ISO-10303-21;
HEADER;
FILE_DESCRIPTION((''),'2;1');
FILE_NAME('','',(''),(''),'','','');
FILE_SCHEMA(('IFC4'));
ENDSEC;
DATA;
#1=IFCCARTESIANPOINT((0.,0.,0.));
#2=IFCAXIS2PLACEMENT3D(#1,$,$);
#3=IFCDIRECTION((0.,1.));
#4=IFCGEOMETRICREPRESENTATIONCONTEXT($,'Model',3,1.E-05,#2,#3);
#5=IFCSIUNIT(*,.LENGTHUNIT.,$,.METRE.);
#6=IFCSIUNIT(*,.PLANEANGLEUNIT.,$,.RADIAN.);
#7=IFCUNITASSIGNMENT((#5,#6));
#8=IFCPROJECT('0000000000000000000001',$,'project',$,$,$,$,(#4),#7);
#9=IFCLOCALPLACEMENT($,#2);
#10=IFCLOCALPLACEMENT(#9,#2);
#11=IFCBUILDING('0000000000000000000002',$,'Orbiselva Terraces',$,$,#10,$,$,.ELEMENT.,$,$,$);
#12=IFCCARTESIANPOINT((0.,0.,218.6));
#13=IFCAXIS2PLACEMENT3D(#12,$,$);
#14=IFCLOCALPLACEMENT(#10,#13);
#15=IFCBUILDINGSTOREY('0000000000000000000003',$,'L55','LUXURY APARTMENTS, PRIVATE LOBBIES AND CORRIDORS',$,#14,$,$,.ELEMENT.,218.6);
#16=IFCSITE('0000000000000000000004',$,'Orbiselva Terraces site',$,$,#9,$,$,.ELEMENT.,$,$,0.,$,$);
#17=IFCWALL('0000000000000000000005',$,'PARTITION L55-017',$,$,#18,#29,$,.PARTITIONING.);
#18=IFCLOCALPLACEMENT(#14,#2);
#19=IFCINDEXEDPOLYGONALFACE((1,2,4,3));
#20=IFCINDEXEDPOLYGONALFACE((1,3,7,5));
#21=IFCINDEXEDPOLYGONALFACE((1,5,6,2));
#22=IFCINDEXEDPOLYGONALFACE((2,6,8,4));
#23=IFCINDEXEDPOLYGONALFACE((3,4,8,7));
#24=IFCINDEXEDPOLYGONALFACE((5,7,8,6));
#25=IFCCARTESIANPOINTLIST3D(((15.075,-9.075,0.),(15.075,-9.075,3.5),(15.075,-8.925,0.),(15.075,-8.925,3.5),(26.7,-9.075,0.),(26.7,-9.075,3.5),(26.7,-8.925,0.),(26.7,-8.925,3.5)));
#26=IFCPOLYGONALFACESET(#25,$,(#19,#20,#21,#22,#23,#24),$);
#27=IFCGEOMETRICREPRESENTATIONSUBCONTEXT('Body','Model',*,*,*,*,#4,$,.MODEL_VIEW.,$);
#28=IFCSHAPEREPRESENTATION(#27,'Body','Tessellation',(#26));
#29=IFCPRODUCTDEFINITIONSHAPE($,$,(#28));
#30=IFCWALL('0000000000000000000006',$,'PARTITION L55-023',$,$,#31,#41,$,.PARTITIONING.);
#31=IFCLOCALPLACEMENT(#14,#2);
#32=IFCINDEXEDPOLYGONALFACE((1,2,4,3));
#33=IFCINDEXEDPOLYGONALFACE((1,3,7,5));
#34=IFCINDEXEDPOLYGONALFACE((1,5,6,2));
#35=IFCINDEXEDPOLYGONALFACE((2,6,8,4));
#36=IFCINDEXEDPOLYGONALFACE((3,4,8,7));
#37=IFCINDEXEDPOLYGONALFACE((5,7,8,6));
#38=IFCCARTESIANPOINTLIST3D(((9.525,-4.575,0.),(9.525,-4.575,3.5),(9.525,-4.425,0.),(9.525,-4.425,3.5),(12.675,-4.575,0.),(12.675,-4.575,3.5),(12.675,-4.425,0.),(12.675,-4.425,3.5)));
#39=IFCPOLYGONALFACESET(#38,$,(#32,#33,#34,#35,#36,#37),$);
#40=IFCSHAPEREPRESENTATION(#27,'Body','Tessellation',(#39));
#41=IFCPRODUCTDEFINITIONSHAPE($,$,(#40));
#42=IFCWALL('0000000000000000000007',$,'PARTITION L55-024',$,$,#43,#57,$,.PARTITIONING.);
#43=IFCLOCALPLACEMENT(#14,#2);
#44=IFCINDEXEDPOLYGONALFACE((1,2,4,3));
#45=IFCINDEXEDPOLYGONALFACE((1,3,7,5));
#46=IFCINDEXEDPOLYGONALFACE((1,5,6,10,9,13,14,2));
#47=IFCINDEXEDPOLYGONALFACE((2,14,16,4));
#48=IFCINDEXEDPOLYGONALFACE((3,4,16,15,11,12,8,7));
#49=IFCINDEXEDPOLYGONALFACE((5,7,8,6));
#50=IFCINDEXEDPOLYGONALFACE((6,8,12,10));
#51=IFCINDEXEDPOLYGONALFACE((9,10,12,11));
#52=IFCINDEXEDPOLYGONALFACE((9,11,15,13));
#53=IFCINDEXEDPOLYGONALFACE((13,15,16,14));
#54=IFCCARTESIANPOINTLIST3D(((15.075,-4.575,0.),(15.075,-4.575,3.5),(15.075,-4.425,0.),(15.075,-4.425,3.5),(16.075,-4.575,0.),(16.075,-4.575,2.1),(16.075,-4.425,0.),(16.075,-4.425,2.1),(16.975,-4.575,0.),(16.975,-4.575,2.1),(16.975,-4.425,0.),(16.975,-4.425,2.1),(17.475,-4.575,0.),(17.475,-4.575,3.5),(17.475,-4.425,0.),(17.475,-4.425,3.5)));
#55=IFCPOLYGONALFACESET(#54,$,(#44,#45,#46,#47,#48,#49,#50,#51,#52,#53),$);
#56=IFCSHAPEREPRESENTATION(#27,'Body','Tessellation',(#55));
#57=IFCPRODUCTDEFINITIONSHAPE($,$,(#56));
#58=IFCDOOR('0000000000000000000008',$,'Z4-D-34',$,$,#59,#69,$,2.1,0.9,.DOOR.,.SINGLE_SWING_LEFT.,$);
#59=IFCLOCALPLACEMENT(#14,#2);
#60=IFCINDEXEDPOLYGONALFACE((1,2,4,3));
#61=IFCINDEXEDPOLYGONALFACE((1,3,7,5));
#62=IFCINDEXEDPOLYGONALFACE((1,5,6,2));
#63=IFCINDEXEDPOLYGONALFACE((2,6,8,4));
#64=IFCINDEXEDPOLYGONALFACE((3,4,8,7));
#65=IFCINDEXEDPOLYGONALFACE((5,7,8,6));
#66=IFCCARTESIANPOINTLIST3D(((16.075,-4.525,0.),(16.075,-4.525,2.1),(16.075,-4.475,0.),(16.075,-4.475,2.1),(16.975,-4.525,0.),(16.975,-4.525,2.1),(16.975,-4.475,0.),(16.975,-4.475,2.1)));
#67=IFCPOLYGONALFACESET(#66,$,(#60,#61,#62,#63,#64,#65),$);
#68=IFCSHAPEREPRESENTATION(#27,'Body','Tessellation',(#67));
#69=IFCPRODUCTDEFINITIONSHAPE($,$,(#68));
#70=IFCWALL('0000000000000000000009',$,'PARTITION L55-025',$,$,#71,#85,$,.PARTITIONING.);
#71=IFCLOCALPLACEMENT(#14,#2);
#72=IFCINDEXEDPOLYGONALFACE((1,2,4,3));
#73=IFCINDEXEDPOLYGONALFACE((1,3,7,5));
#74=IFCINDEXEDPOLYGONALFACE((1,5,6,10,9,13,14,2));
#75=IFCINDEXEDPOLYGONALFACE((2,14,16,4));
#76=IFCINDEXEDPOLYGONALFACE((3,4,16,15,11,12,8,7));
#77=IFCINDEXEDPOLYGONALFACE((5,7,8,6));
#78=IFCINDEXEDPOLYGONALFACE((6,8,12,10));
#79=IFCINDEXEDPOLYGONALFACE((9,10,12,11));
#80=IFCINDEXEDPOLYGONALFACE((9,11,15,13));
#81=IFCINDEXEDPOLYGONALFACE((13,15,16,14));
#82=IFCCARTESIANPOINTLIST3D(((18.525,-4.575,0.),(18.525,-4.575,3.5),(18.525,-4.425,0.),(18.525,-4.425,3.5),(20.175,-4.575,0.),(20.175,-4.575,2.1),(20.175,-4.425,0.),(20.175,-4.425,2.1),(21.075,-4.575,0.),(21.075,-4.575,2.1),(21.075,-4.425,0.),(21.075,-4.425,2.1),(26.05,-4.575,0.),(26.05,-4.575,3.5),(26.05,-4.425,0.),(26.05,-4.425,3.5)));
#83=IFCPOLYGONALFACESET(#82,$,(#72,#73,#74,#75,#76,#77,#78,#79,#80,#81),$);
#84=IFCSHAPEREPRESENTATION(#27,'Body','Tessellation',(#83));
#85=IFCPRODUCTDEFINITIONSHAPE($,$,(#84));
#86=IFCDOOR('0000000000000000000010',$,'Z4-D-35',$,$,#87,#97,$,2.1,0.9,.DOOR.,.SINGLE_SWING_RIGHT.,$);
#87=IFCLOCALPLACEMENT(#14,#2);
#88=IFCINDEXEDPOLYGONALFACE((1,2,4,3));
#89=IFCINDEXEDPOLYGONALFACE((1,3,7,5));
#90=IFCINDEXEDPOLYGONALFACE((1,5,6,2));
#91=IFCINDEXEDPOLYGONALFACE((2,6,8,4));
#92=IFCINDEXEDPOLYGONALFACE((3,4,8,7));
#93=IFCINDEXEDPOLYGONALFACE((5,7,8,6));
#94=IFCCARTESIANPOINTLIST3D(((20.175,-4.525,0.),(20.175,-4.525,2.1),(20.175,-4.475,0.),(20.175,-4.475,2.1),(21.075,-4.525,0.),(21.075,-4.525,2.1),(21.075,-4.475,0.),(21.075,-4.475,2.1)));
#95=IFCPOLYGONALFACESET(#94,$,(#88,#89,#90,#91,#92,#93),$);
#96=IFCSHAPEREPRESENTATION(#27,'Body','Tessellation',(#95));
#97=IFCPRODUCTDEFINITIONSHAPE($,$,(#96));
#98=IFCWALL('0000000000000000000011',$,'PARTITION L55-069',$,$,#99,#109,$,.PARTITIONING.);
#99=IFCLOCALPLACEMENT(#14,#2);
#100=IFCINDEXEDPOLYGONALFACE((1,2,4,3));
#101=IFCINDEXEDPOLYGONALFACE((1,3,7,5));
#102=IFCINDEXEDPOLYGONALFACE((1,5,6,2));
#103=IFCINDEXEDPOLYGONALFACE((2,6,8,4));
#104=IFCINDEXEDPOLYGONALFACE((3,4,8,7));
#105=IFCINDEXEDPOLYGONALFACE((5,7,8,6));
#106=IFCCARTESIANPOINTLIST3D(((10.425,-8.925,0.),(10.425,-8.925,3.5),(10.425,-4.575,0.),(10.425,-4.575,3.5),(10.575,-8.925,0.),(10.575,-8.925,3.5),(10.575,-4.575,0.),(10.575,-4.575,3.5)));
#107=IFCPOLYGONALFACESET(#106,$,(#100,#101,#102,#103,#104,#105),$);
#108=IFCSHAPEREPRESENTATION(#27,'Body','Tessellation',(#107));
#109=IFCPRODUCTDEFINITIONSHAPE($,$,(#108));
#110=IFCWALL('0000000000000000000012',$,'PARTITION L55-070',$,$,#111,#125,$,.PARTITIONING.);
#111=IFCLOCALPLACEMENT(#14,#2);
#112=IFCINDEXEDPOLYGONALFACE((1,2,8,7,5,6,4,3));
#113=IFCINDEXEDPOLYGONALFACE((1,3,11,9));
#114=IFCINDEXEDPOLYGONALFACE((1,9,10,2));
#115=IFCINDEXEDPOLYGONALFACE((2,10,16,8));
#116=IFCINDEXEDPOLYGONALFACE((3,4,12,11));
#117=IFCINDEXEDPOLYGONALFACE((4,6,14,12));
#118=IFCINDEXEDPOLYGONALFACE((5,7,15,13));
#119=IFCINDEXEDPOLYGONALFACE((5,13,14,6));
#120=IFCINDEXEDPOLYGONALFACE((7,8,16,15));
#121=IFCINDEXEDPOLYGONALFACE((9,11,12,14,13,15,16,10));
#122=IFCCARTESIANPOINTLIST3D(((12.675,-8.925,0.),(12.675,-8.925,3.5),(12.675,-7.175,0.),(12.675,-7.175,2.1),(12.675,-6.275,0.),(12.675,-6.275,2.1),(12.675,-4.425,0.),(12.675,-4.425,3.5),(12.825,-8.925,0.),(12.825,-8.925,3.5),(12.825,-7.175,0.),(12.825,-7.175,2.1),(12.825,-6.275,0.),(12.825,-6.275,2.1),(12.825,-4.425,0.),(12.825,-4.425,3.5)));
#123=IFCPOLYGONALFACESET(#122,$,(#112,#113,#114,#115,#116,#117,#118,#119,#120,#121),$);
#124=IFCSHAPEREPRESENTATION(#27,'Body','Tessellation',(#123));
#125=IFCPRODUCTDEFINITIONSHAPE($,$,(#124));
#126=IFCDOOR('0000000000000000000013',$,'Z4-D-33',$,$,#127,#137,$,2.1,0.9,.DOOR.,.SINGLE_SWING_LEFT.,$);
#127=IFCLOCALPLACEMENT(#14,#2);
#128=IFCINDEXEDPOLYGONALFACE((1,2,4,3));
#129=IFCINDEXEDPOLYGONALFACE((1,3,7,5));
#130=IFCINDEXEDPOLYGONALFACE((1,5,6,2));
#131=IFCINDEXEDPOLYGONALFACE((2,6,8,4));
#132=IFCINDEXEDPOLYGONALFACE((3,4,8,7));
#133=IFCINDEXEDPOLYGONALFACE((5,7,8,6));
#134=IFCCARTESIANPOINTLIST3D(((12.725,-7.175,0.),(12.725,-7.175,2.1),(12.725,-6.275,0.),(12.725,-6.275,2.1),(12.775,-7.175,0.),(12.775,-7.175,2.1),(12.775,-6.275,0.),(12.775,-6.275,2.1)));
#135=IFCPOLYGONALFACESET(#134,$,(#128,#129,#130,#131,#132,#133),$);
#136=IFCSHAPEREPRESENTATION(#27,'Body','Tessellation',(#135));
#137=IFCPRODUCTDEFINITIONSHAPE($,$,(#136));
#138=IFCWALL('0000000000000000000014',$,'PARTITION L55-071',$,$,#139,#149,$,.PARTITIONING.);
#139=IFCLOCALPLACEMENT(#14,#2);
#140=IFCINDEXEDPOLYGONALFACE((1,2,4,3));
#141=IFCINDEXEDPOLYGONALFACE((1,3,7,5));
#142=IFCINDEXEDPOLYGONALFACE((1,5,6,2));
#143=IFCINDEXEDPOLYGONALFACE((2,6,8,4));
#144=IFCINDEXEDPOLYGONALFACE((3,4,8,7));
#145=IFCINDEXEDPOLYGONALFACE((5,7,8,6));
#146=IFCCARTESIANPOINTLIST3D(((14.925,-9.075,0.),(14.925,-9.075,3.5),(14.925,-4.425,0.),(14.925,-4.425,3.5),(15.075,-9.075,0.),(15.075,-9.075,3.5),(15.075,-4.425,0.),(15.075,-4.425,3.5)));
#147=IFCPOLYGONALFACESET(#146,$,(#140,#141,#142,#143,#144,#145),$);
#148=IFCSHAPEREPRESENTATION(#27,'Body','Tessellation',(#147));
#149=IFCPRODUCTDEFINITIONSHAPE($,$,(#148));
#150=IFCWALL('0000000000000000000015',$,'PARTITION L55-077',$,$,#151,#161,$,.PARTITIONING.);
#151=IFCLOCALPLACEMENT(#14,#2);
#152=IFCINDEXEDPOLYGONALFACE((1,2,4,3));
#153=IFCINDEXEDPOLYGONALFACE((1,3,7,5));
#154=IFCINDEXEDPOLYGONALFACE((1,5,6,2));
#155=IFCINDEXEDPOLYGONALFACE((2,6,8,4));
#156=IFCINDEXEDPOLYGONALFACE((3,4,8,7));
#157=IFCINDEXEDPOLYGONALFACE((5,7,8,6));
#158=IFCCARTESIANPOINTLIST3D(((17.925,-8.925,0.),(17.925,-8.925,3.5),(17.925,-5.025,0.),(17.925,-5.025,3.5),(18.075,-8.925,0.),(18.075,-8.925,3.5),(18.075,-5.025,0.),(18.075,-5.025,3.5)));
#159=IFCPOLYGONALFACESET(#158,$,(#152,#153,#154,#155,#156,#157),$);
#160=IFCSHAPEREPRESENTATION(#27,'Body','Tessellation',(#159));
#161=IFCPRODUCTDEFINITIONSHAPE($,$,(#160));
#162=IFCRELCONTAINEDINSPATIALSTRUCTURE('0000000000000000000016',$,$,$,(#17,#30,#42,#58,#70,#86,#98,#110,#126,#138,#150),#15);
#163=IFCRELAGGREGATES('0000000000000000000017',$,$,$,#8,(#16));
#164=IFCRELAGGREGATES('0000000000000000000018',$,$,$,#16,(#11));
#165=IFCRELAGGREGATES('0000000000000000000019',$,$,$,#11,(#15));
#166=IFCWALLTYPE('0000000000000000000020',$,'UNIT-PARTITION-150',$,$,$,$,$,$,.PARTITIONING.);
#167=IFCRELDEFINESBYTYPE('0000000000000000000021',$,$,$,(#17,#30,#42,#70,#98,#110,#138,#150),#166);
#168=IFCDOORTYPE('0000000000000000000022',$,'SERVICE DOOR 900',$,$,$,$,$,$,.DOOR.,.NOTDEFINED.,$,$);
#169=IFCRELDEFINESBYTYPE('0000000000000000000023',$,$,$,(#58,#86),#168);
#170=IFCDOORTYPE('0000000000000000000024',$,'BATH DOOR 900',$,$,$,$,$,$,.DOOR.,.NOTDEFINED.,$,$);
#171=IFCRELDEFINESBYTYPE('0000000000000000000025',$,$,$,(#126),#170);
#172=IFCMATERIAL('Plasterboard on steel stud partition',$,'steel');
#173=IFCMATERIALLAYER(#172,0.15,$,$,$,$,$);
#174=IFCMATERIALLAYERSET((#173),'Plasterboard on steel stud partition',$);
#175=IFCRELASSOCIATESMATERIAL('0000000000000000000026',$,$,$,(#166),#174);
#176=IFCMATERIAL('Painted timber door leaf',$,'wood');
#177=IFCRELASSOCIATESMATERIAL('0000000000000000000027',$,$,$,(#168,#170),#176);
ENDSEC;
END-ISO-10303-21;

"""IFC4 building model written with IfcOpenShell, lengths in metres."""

from ifc_helpers import new_model, si_unit, direction, frame, frame_2d, origin, place, context, subcontext, project, spatial, rectangle, extrude, material, layer, layer_set, type_object, element, fill, save


model = new_model("IFC4")

# Units and contexts
model_context = context("Model", 3, precision=1e-05, world=origin(), true_north=direction((0.0, 1.0)))
body_context = subcontext(model_context, "Body", "Model", "MODEL_VIEW")
ifc_project = project(units=[si_unit("LENGTHUNIT", "METRE"), si_unit("PLANEANGLEUNIT", "RADIAN")], contexts=[model_context])

# Site, building, storey
site_placement = place(None, origin())
site = spatial("IfcSite", under=ifc_project, at=site_placement, Name="Orbiselva Terraces site", CompositionType="ELEMENT", RefElevation=0.0)
building_placement = place(site_placement, origin())
building = spatial("IfcBuilding", under=site, at=building_placement, Name="Orbiselva Terraces", CompositionType="ELEMENT")
storey_placement = place(building_placement, frame((0.0, 0.0, 218.6)))
storey = spatial("IfcBuildingStorey", under=building, at=storey_placement, Name="L55", Description="LUXURY APARTMENTS, PRIVATE LOBBIES AND CORRIDORS", CompositionType="ELEMENT", Elevation=218.6)

# Shared definitions
ifc_material_1 = material(Name="Plasterboard on steel stud partition", Category="steel")
ifc_material_2 = material(Name="Painted timber door leaf", Category="wood")

# Shared definitions
ifc_layer_1 = layer(ifc_material_1, 0.15)
ifc_layer_set_1 = layer_set([ifc_layer_1], Name="Plasterboard on steel stud partition")
wall_type_1 = type_object("IfcWallType", Name="UNIT-PARTITION-150", PredefinedType="PARTITIONING", material=ifc_layer_set_1)

# Walls
wall_1_placement = place(storey_placement, frame((15.075, -9.0, 0.0), z_axis=(0.0, 0.0, 1.0), x_axis=(1.0, 0.0, 0.0)))
element("IfcWall", 1, at=wall_1_placement, inside=storey, type_object=wall_type_1, Name="PARTITION L55-017", PredefinedType="PARTITIONING", context=body_context, shape_type="SweptSolid", body=[
    extrude(rectangle(XDim=11.625, YDim=0.15, at=frame_2d((5.8125, 0.0))), origin(), (0.0, 0.0, 1.0), 3.5),
])
wall_2_placement = place(storey_placement, frame((9.525, -4.5, 0.0), z_axis=(0.0, 0.0, 1.0), x_axis=(1.0, 0.0, 0.0)))
element("IfcWall", 2, at=wall_2_placement, inside=storey, type_object=wall_type_1, Name="PARTITION L55-023", PredefinedType="PARTITIONING", context=body_context, shape_type="SweptSolid", body=[
    extrude(rectangle(XDim=3.15, YDim=0.15, at=frame_2d((1.575, 0.0))), origin(), (0.0, 0.0, 1.0), 3.5),
])

# Walls, openings, doors
wall_3_placement = place(storey_placement, frame((17.475, -4.5, 0.0), z_axis=(0.0, 0.0, 1.0), x_axis=(-1.0, 0.0, 0.0)))
wall_3 = element("IfcWall", 3, at=wall_3_placement, inside=storey, type_object=wall_type_1, Name="PARTITION L55-024", PredefinedType="PARTITIONING", context=body_context, shape_type="SweptSolid", body=[
    extrude(rectangle(XDim=2.4, YDim=0.15, at=frame_2d((1.2, 0.0))), origin(), (0.0, 0.0, 1.0), 3.5),
])
opening_1_placement = place(wall_3_placement, frame((0.5, 0.0, 0.0)))
opening_1 = element("IfcOpeningElement", 4, at=opening_1_placement, cuts=wall_3, PredefinedType="OPENING", context=body_context, shape_type="SweptSolid", body=[
    extrude(rectangle(XDim=0.9, YDim=2.1, at=frame_2d((0.45, 1.05))), frame((0.0, 0.085, 0.0), z_axis=(0.0, -1.0, 0.0), x_axis=(1.0, 0.0, 0.0)), (0.0, 0.0, 1.0), 0.17),
])
door_type_1 = type_object("IfcDoorType", Name="SERVICE DOOR 900", OperationType="NOTDEFINED", PredefinedType="DOOR", material=ifc_material_2)
door_1_placement = place(opening_1_placement, origin())
door_1 = element("IfcDoor", 5, at=door_1_placement, inside=storey, type_object=door_type_1, Name="Z4-D-34", OperationType="SINGLE_SWING_LEFT", OverallHeight=2.1, OverallWidth=0.9, PredefinedType="DOOR", context=body_context, shape_type="SweptSolid", body=[
    extrude(rectangle(XDim=0.9, YDim=2.1, at=frame_2d((0.45, 1.05))), frame((0.0, 0.025, 0.0), z_axis=(0.0, -1.0, 0.0), x_axis=(1.0, 0.0, 0.0)), (0.0, 0.0, 1.0), 0.05),
])
fill(opening_1, door_1)
wall_4_placement = place(storey_placement, frame((26.05, -4.5, 0.0), z_axis=(0.0, 0.0, 1.0), x_axis=(-1.0, 0.0, 0.0)))
wall_4 = element("IfcWall", 6, at=wall_4_placement, inside=storey, type_object=wall_type_1, Name="PARTITION L55-025", PredefinedType="PARTITIONING", context=body_context, shape_type="SweptSolid", body=[
    extrude(rectangle(XDim=7.525, YDim=0.15, at=frame_2d((3.7625, 0.0))), origin(), (0.0, 0.0, 1.0), 3.5),
])
opening_2_placement = place(wall_4_placement, frame((4.975, 0.0, 0.0)))
opening_2 = element("IfcOpeningElement", 7, at=opening_2_placement, cuts=wall_4, PredefinedType="OPENING", context=body_context, shape_type="SweptSolid", body=[
    extrude(rectangle(XDim=0.9, YDim=2.1, at=frame_2d((0.45, 1.05))), frame((0.0, 0.085, 0.0), z_axis=(0.0, -1.0, 0.0), x_axis=(1.0, 0.0, 0.0)), (0.0, 0.0, 1.0), 0.17),
])
door_2_placement = place(opening_2_placement, origin())
door_2 = element("IfcDoor", 8, at=door_2_placement, inside=storey, type_object=door_type_1, Name="Z4-D-35", OperationType="SINGLE_SWING_RIGHT", OverallHeight=2.1, OverallWidth=0.9, PredefinedType="DOOR", context=body_context, shape_type="SweptSolid", body=[
    extrude(rectangle(XDim=0.9, YDim=2.1, at=frame_2d((0.45, 1.05))), frame((0.0, 0.025, 0.0), z_axis=(0.0, -1.0, 0.0), x_axis=(1.0, 0.0, 0.0)), (0.0, 0.0, 1.0), 0.05),
])
fill(opening_2, door_2)

# Wall
wall_5_placement = place(storey_placement, frame((10.5, -8.925, 0.0), z_axis=(0.0, 0.0, 1.0), x_axis=(0.0, 1.0, 0.0)))
element("IfcWall", 9, at=wall_5_placement, inside=storey, type_object=wall_type_1, Name="PARTITION L55-069", PredefinedType="PARTITIONING", context=body_context, shape_type="SweptSolid", body=[
    extrude(rectangle(XDim=4.35, YDim=0.15, at=frame_2d((2.175, 0.0))), origin(), (0.0, 0.0, 1.0), 3.5),
])

# Wall, opening, door
wall_6_placement = place(storey_placement, frame((12.75, -8.925, 0.0), z_axis=(0.0, 0.0, 1.0), x_axis=(0.0, 1.0, 0.0)))
wall_6 = element("IfcWall", 10, at=wall_6_placement, inside=storey, type_object=wall_type_1, Name="PARTITION L55-070", PredefinedType="PARTITIONING", context=body_context, shape_type="SweptSolid", body=[
    extrude(rectangle(XDim=4.5, YDim=0.15, at=frame_2d((2.25, 0.0))), origin(), (0.0, 0.0, 1.0), 3.5),
])
opening_3_placement = place(wall_6_placement, frame((1.75, 0.0, 0.0)))
opening_3 = element("IfcOpeningElement", 11, at=opening_3_placement, cuts=wall_6, PredefinedType="OPENING", context=body_context, shape_type="SweptSolid", body=[
    extrude(rectangle(XDim=0.9, YDim=2.1, at=frame_2d((0.45, 1.05))), frame((0.0, 0.085, 0.0), z_axis=(0.0, -1.0, 0.0), x_axis=(1.0, 0.0, 0.0)), (0.0, 0.0, 1.0), 0.17),
])
door_type_2 = type_object("IfcDoorType", Name="BATH DOOR 900", OperationType="NOTDEFINED", PredefinedType="DOOR", material=ifc_material_2)
door_3_placement = place(opening_3_placement, origin())
door_3 = element("IfcDoor", 12, at=door_3_placement, inside=storey, type_object=door_type_2, Name="Z4-D-33", OperationType="SINGLE_SWING_LEFT", OverallHeight=2.1, OverallWidth=0.9, PredefinedType="DOOR", context=body_context, shape_type="SweptSolid", body=[
    extrude(rectangle(XDim=0.9, YDim=2.1, at=frame_2d((0.45, 1.05))), frame((0.0, 0.025, 0.0), z_axis=(0.0, -1.0, 0.0), x_axis=(1.0, 0.0, 0.0)), (0.0, 0.0, 1.0), 0.05),
])
fill(opening_3, door_3)

# Walls
wall_7_placement = place(storey_placement, frame((15.0, -9.075, 0.0), z_axis=(0.0, 0.0, 1.0), x_axis=(0.0, 1.0, 0.0)))
element("IfcWall", 13, at=wall_7_placement, inside=storey, type_object=wall_type_1, Name="PARTITION L55-071", PredefinedType="PARTITIONING", context=body_context, shape_type="SweptSolid", body=[
    extrude(rectangle(XDim=4.65, YDim=0.15, at=frame_2d((2.325, 0.0))), origin(), (0.0, 0.0, 1.0), 3.5),
])
wall_8_placement = place(storey_placement, frame((18.0, -8.925, 0.0), z_axis=(0.0, 0.0, 1.0), x_axis=(0.0, 1.0, 0.0)))
element("IfcWall", 14, at=wall_8_placement, inside=storey, type_object=wall_type_1, Name="PARTITION L55-077", PredefinedType="PARTITIONING", context=body_context, shape_type="SweptSolid", body=[
    extrude(rectangle(XDim=3.9, YDim=0.15, at=frame_2d((1.95, 0.0))), origin(), (0.0, 0.0, 1.0), 3.5),
])

save(model, "model.ifc")
